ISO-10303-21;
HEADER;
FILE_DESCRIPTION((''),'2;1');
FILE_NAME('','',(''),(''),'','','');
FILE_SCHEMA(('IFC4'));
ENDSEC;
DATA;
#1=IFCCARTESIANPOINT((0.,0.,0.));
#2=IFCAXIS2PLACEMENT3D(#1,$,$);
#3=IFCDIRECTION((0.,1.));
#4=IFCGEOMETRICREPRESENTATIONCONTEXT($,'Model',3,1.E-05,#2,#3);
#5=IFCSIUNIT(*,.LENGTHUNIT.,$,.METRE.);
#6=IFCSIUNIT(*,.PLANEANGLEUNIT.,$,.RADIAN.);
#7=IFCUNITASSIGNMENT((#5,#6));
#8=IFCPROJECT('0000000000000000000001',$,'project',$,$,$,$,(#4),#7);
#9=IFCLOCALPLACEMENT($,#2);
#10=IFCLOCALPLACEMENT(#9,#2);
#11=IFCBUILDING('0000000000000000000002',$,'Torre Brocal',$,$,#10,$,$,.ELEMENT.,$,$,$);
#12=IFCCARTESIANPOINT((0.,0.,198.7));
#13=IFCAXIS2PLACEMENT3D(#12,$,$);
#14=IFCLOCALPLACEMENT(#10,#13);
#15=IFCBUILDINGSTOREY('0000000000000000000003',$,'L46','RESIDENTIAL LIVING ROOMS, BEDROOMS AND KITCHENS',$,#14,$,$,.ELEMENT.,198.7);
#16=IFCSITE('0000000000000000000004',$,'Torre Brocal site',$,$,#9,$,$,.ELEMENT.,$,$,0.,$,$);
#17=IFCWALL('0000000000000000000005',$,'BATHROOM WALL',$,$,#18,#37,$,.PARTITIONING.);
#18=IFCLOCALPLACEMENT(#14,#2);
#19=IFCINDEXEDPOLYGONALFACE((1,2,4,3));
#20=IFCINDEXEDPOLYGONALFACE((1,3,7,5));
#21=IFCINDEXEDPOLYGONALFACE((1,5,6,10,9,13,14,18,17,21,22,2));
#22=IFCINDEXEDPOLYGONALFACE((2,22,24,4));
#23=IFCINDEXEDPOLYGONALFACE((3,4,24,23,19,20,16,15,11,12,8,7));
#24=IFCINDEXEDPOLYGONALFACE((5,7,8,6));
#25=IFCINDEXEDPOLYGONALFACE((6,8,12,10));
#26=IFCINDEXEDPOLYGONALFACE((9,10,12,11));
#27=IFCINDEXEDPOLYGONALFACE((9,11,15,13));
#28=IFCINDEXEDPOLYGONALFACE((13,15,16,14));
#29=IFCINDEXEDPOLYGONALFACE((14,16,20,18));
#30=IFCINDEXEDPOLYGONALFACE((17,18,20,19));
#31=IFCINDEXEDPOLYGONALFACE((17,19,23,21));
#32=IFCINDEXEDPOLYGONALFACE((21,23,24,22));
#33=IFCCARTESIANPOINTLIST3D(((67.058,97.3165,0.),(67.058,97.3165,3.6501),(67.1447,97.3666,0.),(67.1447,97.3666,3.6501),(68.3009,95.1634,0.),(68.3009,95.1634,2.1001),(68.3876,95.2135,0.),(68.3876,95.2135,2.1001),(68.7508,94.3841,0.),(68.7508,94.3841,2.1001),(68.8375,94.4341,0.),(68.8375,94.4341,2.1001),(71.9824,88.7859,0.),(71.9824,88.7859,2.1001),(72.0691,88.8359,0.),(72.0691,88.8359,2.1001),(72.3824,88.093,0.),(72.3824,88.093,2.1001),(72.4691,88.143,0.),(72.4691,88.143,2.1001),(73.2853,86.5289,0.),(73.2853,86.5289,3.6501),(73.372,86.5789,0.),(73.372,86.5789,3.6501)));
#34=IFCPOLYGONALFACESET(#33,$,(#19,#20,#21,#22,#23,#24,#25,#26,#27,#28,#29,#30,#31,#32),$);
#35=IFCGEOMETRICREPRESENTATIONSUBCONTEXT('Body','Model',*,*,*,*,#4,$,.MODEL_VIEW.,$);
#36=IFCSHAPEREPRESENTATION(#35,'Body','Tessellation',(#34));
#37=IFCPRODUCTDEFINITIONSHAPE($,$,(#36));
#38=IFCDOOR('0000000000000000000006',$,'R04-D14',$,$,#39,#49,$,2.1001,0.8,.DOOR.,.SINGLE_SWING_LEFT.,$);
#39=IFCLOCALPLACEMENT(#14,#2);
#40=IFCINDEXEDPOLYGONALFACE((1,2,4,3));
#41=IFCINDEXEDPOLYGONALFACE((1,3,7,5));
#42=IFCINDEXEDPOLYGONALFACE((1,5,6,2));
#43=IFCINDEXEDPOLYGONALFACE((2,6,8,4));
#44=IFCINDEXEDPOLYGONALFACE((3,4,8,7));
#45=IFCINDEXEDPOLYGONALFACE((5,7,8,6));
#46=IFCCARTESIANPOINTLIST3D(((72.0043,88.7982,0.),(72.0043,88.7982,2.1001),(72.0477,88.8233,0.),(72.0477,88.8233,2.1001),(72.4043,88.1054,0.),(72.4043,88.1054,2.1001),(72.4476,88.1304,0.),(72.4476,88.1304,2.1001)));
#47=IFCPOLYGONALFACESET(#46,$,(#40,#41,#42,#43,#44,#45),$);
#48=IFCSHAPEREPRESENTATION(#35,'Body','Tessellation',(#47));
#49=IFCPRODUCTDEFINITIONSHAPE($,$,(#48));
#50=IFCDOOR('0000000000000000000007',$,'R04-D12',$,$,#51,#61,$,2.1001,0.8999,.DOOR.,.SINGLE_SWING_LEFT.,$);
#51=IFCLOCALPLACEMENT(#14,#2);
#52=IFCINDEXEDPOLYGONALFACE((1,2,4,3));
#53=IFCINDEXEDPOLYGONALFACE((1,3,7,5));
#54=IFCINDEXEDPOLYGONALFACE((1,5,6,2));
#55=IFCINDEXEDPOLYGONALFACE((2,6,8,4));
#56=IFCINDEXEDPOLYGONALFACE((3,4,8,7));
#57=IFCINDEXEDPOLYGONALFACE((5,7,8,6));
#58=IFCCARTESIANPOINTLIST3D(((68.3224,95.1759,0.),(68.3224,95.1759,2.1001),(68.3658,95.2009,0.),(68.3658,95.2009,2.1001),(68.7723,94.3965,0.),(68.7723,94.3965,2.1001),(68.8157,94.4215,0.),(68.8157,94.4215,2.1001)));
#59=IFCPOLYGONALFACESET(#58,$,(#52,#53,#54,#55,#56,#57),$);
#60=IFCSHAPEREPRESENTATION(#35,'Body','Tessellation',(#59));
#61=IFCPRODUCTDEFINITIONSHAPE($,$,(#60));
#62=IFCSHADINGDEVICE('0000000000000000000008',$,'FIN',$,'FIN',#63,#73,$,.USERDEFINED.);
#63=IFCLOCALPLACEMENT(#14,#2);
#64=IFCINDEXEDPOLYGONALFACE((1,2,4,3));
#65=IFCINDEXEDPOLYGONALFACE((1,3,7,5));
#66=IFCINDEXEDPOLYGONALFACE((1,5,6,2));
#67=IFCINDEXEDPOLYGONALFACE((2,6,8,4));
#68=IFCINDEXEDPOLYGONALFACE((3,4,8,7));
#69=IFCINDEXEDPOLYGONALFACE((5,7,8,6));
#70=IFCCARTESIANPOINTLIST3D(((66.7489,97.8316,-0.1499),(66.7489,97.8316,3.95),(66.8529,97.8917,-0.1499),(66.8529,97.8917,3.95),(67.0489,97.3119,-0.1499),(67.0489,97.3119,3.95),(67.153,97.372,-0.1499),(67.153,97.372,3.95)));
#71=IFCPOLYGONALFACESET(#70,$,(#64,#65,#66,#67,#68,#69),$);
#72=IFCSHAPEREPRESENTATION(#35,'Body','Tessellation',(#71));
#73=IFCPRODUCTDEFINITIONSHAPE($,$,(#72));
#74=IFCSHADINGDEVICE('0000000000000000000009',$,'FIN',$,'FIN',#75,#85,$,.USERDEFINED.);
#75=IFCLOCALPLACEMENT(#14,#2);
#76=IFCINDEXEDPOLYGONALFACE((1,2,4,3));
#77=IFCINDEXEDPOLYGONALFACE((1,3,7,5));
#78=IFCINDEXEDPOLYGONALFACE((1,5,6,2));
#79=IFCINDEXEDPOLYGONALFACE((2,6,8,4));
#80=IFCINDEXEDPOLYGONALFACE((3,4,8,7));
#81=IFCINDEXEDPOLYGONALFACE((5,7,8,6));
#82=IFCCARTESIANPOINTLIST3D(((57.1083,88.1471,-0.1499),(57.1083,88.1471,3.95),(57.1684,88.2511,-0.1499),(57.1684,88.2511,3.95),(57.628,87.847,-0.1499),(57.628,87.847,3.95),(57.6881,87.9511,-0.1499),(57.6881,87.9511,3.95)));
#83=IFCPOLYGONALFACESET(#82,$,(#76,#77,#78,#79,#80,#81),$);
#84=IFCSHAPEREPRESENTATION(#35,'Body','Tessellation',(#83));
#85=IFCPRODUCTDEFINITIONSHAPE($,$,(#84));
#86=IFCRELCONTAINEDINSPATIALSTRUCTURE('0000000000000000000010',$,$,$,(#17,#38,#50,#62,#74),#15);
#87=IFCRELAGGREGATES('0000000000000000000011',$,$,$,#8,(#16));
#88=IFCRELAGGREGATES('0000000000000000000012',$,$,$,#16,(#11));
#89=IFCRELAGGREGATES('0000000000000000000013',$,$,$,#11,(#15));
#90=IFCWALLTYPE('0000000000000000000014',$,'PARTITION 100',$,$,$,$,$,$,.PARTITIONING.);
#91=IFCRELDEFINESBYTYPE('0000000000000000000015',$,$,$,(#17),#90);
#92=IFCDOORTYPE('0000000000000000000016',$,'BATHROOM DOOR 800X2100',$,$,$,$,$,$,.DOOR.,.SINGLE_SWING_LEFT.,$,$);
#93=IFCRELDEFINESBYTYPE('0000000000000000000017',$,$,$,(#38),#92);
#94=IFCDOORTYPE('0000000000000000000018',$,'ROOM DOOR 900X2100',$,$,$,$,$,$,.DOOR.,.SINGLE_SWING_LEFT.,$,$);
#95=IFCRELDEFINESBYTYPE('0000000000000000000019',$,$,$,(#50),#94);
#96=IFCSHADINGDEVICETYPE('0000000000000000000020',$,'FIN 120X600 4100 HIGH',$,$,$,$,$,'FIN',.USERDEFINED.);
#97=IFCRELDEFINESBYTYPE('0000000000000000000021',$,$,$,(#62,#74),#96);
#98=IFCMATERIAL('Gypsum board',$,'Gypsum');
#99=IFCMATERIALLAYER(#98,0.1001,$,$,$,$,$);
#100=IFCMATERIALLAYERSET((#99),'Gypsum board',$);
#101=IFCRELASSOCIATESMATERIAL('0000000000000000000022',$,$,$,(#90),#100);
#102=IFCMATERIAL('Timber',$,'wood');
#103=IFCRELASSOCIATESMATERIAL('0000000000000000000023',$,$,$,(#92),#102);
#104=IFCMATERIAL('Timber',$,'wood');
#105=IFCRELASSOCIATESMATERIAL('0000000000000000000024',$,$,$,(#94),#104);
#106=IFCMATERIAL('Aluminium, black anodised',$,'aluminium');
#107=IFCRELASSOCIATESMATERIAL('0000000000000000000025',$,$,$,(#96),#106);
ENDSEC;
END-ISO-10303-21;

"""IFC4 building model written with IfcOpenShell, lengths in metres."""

from ifc_helpers import new_model, si_unit, direction, frame, frame_2d, origin, origin_2d, place, context, subcontext, project, spatial, rectangle, extrude, material, layer, layer_set, material_profile, profile_set, type_object, element, fill, save


model = new_model("IFC4")

# Units and contexts
model_context = context("Model", 3, precision=1e-05, world=origin(), true_north=direction((0.0, 1.0)))
body_context = subcontext(model_context, "Body", "Model", "MODEL_VIEW")
ifc_project = project(units=[si_unit("LENGTHUNIT", "METRE"), si_unit("PLANEANGLEUNIT", "RADIAN")], contexts=[model_context])

# Site, building, storey
site_placement = place(None, origin())
site = spatial("IfcSite", under=ifc_project, at=site_placement, Name="Torre Brocal site", CompositionType="ELEMENT", RefElevation=0.0)
building_placement = place(site_placement, origin())
building = spatial("IfcBuilding", under=site, at=building_placement, Name="Torre Brocal", CompositionType="ELEMENT")
storey_placement = place(building_placement, frame((0.0, 0.0, 198.7)))
storey = spatial("IfcBuildingStorey", under=building, at=storey_placement, Name="L46", Description="RESIDENTIAL LIVING ROOMS, BEDROOMS AND KITCHENS", CompositionType="ELEMENT", Elevation=198.7)

# Shared definitions
ifc_material_1 = material(Name="Gypsum board", Category="Gypsum")
ifc_layer_1 = layer(ifc_material_1, 0.1001)
ifc_layer_set_1 = layer_set([ifc_layer_1], Name="Gypsum board")
wall_type_1 = type_object("IfcWallType", Name="PARTITION 100", PredefinedType="PARTITIONING", material=ifc_layer_set_1)
ifc_material_2 = material(Name="Timber", Category="wood")
door_type_1 = type_object("IfcDoorType", Name="BATHROOM DOOR 800X2100", OperationType="SINGLE_SWING_LEFT", PredefinedType="DOOR", material=ifc_material_2)

# Shared definitions
ifc_material_3 = material(Name="Timber", Category="wood")
door_type_2 = type_object("IfcDoorType", Name="ROOM DOOR 900X2100", OperationType="SINGLE_SWING_LEFT", PredefinedType="DOOR", material=ifc_material_3)

# Wall, openings, doors
wall_1_placement = place(storey_placement, frame((67.1013, 97.3416, 0.0), z_axis=(0.0, 0.0, 1.0), x_axis=(0.499944, -0.866058, 0.0)))
wall_1 = element("IfcWall", 1, at=wall_1_placement, inside=storey, type_object=wall_type_1, Name="BATHROOM WALL", PredefinedType="PARTITIONING", context=body_context, shape_type="SweptSolid", body=[
    extrude(rectangle(XDim=12.4561, YDim=0.1001, at=frame_2d((6.228, 0.0))), origin(), (0.0, 0.0, 1.0), 3.6501),
])
opening_1_placement = place(wall_1_placement, frame((2.4861, 0.0, 0.0)))
opening_1 = element("IfcOpeningElement", 2, at=opening_1_placement, cuts=wall_1, PredefinedType="OPENING", context=body_context, shape_type="SweptSolid", body=[
    extrude(rectangle(XDim=0.8999, YDim=2.1001, at=frame_2d((0.45, 1.05))), frame((0.0, 0.0601, 0.0), z_axis=(0.0, -1.0, 0.0), x_axis=(1.0, 0.0, 0.0)), (0.0, 0.0, 1.0), 0.1201),
])
opening_2_placement = place(wall_1_placement, frame((9.8501, 0.0, 0.0)))
opening_2 = element("IfcOpeningElement", 3, at=opening_2_placement, cuts=wall_1, PredefinedType="OPENING", context=body_context, shape_type="SweptSolid", body=[
    extrude(rectangle(XDim=0.8, YDim=2.1001, at=frame_2d((0.3999, 1.05))), frame((0.0, 0.0601, 0.0), z_axis=(0.0, -1.0, 0.0), x_axis=(1.0, 0.0, 0.0)), (0.0, 0.0, 1.0), 0.1201),
])
door_1_placement = place(opening_2_placement, frame((0.8, 0.0, 0.0), z_axis=(0.0, 0.0, 1.0), x_axis=(-1.0, 0.0, 0.0)))
door_1 = element("IfcDoor", 4, at=door_1_placement, inside=storey, type_object=door_type_1, Name="R04-D14", OperationType="SINGLE_SWING_LEFT", OverallHeight=2.1001, OverallWidth=0.8, PredefinedType="DOOR", context=body_context, shape_type="SweptSolid", body=[
    extrude(rectangle(XDim=0.8, YDim=2.1001, at=frame_2d((0.3999, 1.05))), frame((0.0, 0.0249, 0.0), z_axis=(0.0, -1.0, 0.0), x_axis=(1.0, 0.0, 0.0)), (0.0, 0.0, 1.0), 0.05),
])
fill(opening_2, door_1)
door_2_placement = place(opening_1_placement, origin())
door_2 = element("IfcDoor", 5, at=door_2_placement, inside=storey, type_object=door_type_2, Name="R04-D12", OperationType="SINGLE_SWING_LEFT", OverallHeight=2.1001, OverallWidth=0.8999, PredefinedType="DOOR", context=body_context, shape_type="SweptSolid", body=[
    extrude(rectangle(XDim=0.8999, YDim=2.1001, at=frame_2d((0.45, 1.05))), frame((0.0, 0.0249, 0.0), z_axis=(0.0, -1.0, 0.0), x_axis=(1.0, 0.0, 0.0)), (0.0, 0.0, 1.0), 0.05),
])
fill(opening_1, door_2)

# Shading devices
ifc_material_4 = material(Name="Aluminium, black anodised", Category="aluminium")
ifc_material_profile_1 = material_profile(ifc_material_4, rectangle(XDim=0.1201, YDim=0.6001, at=origin_2d()), Name="FIN 120X600 4100 HIGH")
ifc_profile_set_1 = profile_set([ifc_material_profile_1], Name="Aluminium, black anodised")
shading_device_type = type_object("IfcShadingDeviceType", Name="FIN 120X600 4100 HIGH", ElementType="FIN", PredefinedType="USERDEFINED", material=ifc_profile_set_1)
for number, where, z_axis, x_axis, name in (
    (6, (66.9509, 97.6018, -0.1499), (0.0, 0.0, 1.0), (-0.866025, -0.5, 0.0), "FIN"),
    (7, (57.3982, 88.0491, -0.1499), (0.0, 0.0, 1.0), (-0.5, -0.866025, 0.0), "FIN"),
):
    element("IfcShadingDevice", number, at=place(storey_placement, frame(where, z_axis=z_axis, x_axis=x_axis)), inside=storey, type_object=shading_device_type, Name=name, ObjectType="FIN", PredefinedType="USERDEFINED", context=body_context, shape_type="SweptSolid", body=[
        extrude(rectangle(XDim=0.1201, YDim=0.6001, at=origin_2d()), origin(), (0.0, 0.0, 1.0), 4.0999),
    ])

save(model, "model.ifc")
